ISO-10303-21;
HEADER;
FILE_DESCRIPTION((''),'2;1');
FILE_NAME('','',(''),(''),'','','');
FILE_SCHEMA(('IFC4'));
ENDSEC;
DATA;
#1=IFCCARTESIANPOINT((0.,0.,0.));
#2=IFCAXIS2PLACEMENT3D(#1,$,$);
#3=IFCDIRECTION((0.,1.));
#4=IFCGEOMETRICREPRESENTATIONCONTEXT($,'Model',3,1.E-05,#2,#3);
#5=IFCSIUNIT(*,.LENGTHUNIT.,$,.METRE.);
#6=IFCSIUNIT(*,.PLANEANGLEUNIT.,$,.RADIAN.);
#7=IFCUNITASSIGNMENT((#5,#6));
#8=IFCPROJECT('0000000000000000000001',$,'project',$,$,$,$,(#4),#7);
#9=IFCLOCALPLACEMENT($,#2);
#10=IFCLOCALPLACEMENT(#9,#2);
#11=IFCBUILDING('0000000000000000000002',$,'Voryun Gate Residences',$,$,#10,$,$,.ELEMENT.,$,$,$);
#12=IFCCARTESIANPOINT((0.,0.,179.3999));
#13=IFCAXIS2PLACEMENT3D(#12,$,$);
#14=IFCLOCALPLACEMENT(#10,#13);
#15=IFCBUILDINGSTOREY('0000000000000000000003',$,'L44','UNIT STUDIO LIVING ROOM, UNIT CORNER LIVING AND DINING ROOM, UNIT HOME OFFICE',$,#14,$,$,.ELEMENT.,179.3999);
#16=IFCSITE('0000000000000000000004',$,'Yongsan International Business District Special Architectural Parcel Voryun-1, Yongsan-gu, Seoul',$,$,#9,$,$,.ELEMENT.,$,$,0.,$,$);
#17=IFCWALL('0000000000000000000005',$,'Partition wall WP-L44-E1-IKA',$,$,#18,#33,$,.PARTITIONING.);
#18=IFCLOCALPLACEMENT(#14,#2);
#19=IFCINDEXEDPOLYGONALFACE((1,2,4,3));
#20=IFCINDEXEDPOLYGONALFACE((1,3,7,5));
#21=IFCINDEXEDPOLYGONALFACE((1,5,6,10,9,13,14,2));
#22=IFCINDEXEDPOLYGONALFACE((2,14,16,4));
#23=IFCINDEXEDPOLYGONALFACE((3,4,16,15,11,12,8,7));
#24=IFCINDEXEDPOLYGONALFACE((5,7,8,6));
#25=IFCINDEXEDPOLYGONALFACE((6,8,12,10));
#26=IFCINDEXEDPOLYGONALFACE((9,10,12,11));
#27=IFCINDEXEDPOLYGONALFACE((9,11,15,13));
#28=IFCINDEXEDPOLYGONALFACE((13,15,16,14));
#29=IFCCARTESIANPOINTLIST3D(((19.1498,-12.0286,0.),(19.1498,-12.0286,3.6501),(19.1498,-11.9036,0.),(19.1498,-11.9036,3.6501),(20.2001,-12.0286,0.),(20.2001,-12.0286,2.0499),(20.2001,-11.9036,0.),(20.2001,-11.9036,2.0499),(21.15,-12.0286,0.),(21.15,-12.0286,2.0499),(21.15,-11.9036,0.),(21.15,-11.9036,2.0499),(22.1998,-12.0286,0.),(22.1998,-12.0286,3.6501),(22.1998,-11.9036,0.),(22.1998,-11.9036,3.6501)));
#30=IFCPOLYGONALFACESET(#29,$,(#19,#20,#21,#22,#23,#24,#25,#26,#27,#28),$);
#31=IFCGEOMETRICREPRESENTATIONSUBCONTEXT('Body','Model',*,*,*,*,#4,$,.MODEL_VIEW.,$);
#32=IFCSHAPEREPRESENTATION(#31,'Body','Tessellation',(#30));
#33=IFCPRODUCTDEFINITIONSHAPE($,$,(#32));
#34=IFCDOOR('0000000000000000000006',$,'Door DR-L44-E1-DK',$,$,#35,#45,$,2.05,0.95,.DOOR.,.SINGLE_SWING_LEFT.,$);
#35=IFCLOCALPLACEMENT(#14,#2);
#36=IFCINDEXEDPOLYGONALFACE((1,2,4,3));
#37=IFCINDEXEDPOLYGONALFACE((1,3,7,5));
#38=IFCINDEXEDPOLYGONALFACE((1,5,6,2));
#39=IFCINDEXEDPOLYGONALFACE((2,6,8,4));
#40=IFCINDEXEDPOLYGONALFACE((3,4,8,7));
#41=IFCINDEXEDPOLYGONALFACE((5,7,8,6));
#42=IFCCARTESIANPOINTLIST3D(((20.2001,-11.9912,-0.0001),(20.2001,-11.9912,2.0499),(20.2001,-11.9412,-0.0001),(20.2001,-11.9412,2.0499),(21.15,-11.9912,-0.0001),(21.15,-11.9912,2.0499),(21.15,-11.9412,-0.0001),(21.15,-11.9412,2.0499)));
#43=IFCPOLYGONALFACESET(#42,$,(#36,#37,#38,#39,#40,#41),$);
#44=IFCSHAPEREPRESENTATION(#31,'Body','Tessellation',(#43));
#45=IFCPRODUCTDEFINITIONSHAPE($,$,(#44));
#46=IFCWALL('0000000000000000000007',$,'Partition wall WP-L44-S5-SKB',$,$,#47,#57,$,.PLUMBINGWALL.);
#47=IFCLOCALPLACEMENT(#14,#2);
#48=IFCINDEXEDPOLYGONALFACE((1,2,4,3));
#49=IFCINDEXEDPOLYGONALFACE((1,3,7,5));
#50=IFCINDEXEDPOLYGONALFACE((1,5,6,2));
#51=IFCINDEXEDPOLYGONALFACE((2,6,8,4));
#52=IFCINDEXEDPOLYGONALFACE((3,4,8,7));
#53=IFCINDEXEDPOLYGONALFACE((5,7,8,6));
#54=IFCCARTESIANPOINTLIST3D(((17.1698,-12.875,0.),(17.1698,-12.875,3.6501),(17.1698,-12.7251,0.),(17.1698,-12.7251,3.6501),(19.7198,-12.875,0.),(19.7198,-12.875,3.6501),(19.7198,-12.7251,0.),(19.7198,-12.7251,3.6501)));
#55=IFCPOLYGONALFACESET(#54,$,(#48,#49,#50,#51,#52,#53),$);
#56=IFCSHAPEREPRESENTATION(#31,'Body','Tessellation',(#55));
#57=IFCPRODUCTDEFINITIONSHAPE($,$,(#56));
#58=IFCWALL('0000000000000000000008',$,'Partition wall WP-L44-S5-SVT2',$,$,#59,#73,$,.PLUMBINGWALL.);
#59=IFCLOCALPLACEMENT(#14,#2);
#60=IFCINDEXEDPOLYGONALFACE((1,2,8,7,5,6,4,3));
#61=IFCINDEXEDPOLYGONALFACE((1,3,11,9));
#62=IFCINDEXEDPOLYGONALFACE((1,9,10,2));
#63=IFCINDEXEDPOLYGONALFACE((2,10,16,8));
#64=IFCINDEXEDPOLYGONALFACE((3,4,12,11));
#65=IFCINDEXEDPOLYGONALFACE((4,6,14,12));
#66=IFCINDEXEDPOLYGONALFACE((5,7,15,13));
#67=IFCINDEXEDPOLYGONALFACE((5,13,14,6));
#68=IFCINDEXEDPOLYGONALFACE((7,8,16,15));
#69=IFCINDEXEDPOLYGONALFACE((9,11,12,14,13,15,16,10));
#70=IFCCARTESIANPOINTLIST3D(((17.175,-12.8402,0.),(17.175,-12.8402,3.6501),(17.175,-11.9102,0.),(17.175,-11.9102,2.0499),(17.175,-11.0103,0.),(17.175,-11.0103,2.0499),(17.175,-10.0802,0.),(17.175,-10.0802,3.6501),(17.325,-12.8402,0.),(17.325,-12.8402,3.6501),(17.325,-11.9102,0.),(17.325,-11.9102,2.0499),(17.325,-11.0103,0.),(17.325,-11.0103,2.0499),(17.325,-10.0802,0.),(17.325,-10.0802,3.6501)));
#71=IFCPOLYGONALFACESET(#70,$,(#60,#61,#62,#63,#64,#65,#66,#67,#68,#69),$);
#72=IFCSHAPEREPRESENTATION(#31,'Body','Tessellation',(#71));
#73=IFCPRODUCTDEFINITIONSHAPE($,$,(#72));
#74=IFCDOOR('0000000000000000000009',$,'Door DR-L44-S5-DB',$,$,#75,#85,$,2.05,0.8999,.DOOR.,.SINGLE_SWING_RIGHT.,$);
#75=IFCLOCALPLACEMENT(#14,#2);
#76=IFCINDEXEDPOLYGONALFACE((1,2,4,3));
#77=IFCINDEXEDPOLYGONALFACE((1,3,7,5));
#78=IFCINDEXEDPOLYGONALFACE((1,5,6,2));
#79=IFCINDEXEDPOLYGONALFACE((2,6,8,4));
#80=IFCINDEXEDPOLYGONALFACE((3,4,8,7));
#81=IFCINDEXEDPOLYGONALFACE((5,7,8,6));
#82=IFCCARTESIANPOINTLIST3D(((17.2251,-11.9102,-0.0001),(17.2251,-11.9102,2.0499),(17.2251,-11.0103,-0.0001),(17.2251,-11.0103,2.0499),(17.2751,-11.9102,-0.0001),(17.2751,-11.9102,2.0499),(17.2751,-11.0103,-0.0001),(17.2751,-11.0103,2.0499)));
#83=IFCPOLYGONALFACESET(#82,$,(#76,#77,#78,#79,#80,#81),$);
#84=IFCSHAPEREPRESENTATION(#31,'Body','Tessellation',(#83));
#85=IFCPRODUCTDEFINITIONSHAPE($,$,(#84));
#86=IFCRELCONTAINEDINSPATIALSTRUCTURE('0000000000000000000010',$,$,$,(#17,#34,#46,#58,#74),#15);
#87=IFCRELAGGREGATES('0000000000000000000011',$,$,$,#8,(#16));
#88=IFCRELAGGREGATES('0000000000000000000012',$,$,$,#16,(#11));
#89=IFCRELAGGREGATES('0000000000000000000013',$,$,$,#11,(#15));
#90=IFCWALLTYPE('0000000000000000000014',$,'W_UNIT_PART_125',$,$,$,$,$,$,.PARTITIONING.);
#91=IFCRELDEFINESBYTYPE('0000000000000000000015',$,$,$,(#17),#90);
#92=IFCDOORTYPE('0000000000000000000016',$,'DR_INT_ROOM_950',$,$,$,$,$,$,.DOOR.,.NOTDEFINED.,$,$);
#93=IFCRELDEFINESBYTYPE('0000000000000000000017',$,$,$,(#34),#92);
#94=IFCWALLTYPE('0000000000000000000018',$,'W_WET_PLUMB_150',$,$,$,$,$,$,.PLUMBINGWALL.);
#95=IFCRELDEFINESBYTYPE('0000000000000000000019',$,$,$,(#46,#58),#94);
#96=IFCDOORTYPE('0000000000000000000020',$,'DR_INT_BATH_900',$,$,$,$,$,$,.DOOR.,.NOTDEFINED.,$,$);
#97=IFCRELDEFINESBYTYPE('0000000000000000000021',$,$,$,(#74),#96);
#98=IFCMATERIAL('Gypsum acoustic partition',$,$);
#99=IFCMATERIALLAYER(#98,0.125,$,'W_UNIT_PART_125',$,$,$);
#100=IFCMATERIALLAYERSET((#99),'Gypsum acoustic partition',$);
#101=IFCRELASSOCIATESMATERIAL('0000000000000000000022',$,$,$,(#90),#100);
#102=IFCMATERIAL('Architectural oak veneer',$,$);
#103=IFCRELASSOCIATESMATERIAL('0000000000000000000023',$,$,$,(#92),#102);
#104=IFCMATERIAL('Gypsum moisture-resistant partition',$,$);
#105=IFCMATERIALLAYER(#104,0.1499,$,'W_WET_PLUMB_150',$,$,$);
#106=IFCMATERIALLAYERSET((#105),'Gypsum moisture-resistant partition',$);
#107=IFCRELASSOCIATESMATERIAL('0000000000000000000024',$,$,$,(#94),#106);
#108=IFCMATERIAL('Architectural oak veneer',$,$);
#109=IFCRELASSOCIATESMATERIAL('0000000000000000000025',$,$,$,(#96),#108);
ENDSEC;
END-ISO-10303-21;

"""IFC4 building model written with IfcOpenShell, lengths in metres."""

from ifc_helpers import new_model, si_unit, direction, frame, frame_2d, origin, place, context, subcontext, project, spatial, rectangle, extrude, material, layer, layer_set, type_object, element, fill, save


model = new_model("IFC4")

# Units and contexts
model_context = context("Model", 3, precision=1e-05, world=origin(), true_north=direction((0.0, 1.0)))
body_context = subcontext(model_context, "Body", "Model", "MODEL_VIEW")
ifc_project = project(units=[si_unit("LENGTHUNIT", "METRE"), si_unit("PLANEANGLEUNIT", "RADIAN")], contexts=[model_context])

# Site, building, storey
site_placement = place(None, origin())
site = spatial("IfcSite", under=ifc_project, at=site_placement, Name="Yongsan International Business District Special Architectural Parcel Voryun-1, Yongsan-gu, Seoul", CompositionType="ELEMENT", RefElevation=0.0)
building_placement = place(site_placement, origin())
building = spatial("IfcBuilding", under=site, at=building_placement, Name="Voryun Gate Residences", CompositionType="ELEMENT")
storey_placement = place(building_placement, frame((0.0, 0.0, 179.3999)))
storey = spatial("IfcBuildingStorey", under=building, at=storey_placement, Name="L44", Description="UNIT STUDIO LIVING ROOM, UNIT CORNER LIVING AND DINING ROOM, UNIT HOME OFFICE", CompositionType="ELEMENT", Elevation=179.3999)

# Wall, opening, door
ifc_material_1 = material(Name="Gypsum acoustic partition")
ifc_layer_1 = layer(ifc_material_1, 0.125, Name="W_UNIT_PART_125")
ifc_layer_set_1 = layer_set([ifc_layer_1], Name="Gypsum acoustic partition")
wall_type_1 = type_object("IfcWallType", Name="W_UNIT_PART_125", PredefinedType="PARTITIONING", material=ifc_layer_set_1)
wall_1_placement = place(storey_placement, frame((19.1499, -11.9661, 0.0), z_axis=(0.0, 0.0, 1.0), x_axis=(1.0, 0.0, 0.0)))
wall_1 = element("IfcWall", 1, at=wall_1_placement, inside=storey, type_object=wall_type_1, Name="Partition wall WP-L44-E1-IKA", PredefinedType="PARTITIONING", context=body_context, shape_type="SweptSolid", body=[
    extrude(rectangle(XDim=3.05, YDim=0.125, at=frame_2d((1.5249, 0.0))), origin(), (0.0, 0.0, 1.0), 3.6501),
])
opening_1_placement = place(wall_1_placement, frame((1.05, 0.0, 0.0)))
opening_1 = element("IfcOpeningElement", 2, at=opening_1_placement, cuts=wall_1, PredefinedType="OPENING", context=body_context, shape_type="SweptSolid", body=[
    extrude(rectangle(XDim=0.95, YDim=2.05, at=frame_2d((0.4751, 1.0249))), frame((0.0, 0.0725, 0.0), z_axis=(0.0, -1.0, 0.0), x_axis=(1.0, 0.0, 0.0)), (0.0, 0.0, 1.0), 0.145),
])
ifc_material_2 = material(Name="Architectural oak veneer")
door_type_1 = type_object("IfcDoorType", Name="DR_INT_ROOM_950", OperationType="NOTDEFINED", PredefinedType="DOOR", material=ifc_material_2)
door_1_placement = place(opening_1_placement, origin())
door_1 = element("IfcDoor", 3, at=door_1_placement, inside=storey, type_object=door_type_1, Name="Door DR-L44-E1-DK", OperationType="SINGLE_SWING_LEFT", OverallHeight=2.05, OverallWidth=0.95, PredefinedType="DOOR", context=body_context, shape_type="SweptSolid", body=[
    extrude(rectangle(XDim=0.95, YDim=2.05, at=frame_2d((0.4751, 1.0249))), frame((0.0, 0.0249, 0.0), z_axis=(0.0, -1.0, 0.0), x_axis=(1.0, 0.0, 0.0)), (0.0, 0.0, 1.0), 0.05),
])
fill(opening_1, door_1)

# Wall
ifc_material_3 = material(Name="Gypsum moisture-resistant partition")
ifc_layer_2 = layer(ifc_material_3, 0.1499, Name="W_WET_PLUMB_150")
ifc_layer_set_2 = layer_set([ifc_layer_2], Name="Gypsum moisture-resistant partition")
wall_type_2 = type_object("IfcWallType", Name="W_WET_PLUMB_150", PredefinedType="PLUMBINGWALL", material=ifc_layer_set_2)
wall_2_placement = place(storey_placement, frame((17.1699, -12.8, 0.0), z_axis=(0.0, 0.0, 1.0), x_axis=(1.0, 0.0, 0.0)))
element("IfcWall", 4, at=wall_2_placement, inside=storey, type_object=wall_type_2, Name="Partition wall WP-L44-S5-SKB", PredefinedType="PLUMBINGWALL", context=body_context, shape_type="SweptSolid", body=[
    extrude(rectangle(XDim=2.55, YDim=0.1499, at=frame_2d((1.2749, 0.0))), origin(), (0.0, 0.0, 1.0), 3.6501),
])

# Wall, opening, door
wall_3_placement = place(storey_placement, frame((17.25, -12.8401, 0.0), z_axis=(0.0, 0.0, 1.0), x_axis=(0.0, 1.0, 0.0)))
wall_3 = element("IfcWall", 5, at=wall_3_placement, inside=storey, type_object=wall_type_2, Name="Partition wall WP-L44-S5-SVT2", PredefinedType="PLUMBINGWALL", context=body_context, shape_type="SweptSolid", body=[
    extrude(rectangle(XDim=2.76, YDim=0.1499, at=frame_2d((1.3799, 0.0))), origin(), (0.0, 0.0, 1.0), 3.6501),
])
opening_2_placement = place(wall_3_placement, frame((0.9299, 0.0, 0.0)))
opening_2 = element("IfcOpeningElement", 6, at=opening_2_placement, cuts=wall_3, PredefinedType="OPENING", context=body_context, shape_type="SweptSolid", body=[
    extrude(rectangle(XDim=0.8999, YDim=2.05, at=frame_2d((0.45, 1.0249))), frame((0.0, 0.085, 0.0), z_axis=(0.0, -1.0, 0.0), x_axis=(1.0, 0.0, 0.0)), (0.0, 0.0, 1.0), 0.1699),
])
ifc_material_4 = material(Name="Architectural oak veneer")
door_type_2 = type_object("IfcDoorType", Name="DR_INT_BATH_900", OperationType="NOTDEFINED", PredefinedType="DOOR", material=ifc_material_4)
door_2_placement = place(opening_2_placement, origin())
door_2 = element("IfcDoor", 7, at=door_2_placement, inside=storey, type_object=door_type_2, Name="Door DR-L44-S5-DB", OperationType="SINGLE_SWING_RIGHT", OverallHeight=2.05, OverallWidth=0.8999, PredefinedType="DOOR", context=body_context, shape_type="SweptSolid", body=[
    extrude(rectangle(XDim=0.8999, YDim=2.05, at=frame_2d((0.45, 1.0249))), frame((0.0, 0.0249, 0.0), z_axis=(0.0, -1.0, 0.0), x_axis=(1.0, 0.0, 0.0)), (0.0, 0.0, 1.0), 0.05),
])
fill(opening_2, door_2)

save(model, "model.ifc")
